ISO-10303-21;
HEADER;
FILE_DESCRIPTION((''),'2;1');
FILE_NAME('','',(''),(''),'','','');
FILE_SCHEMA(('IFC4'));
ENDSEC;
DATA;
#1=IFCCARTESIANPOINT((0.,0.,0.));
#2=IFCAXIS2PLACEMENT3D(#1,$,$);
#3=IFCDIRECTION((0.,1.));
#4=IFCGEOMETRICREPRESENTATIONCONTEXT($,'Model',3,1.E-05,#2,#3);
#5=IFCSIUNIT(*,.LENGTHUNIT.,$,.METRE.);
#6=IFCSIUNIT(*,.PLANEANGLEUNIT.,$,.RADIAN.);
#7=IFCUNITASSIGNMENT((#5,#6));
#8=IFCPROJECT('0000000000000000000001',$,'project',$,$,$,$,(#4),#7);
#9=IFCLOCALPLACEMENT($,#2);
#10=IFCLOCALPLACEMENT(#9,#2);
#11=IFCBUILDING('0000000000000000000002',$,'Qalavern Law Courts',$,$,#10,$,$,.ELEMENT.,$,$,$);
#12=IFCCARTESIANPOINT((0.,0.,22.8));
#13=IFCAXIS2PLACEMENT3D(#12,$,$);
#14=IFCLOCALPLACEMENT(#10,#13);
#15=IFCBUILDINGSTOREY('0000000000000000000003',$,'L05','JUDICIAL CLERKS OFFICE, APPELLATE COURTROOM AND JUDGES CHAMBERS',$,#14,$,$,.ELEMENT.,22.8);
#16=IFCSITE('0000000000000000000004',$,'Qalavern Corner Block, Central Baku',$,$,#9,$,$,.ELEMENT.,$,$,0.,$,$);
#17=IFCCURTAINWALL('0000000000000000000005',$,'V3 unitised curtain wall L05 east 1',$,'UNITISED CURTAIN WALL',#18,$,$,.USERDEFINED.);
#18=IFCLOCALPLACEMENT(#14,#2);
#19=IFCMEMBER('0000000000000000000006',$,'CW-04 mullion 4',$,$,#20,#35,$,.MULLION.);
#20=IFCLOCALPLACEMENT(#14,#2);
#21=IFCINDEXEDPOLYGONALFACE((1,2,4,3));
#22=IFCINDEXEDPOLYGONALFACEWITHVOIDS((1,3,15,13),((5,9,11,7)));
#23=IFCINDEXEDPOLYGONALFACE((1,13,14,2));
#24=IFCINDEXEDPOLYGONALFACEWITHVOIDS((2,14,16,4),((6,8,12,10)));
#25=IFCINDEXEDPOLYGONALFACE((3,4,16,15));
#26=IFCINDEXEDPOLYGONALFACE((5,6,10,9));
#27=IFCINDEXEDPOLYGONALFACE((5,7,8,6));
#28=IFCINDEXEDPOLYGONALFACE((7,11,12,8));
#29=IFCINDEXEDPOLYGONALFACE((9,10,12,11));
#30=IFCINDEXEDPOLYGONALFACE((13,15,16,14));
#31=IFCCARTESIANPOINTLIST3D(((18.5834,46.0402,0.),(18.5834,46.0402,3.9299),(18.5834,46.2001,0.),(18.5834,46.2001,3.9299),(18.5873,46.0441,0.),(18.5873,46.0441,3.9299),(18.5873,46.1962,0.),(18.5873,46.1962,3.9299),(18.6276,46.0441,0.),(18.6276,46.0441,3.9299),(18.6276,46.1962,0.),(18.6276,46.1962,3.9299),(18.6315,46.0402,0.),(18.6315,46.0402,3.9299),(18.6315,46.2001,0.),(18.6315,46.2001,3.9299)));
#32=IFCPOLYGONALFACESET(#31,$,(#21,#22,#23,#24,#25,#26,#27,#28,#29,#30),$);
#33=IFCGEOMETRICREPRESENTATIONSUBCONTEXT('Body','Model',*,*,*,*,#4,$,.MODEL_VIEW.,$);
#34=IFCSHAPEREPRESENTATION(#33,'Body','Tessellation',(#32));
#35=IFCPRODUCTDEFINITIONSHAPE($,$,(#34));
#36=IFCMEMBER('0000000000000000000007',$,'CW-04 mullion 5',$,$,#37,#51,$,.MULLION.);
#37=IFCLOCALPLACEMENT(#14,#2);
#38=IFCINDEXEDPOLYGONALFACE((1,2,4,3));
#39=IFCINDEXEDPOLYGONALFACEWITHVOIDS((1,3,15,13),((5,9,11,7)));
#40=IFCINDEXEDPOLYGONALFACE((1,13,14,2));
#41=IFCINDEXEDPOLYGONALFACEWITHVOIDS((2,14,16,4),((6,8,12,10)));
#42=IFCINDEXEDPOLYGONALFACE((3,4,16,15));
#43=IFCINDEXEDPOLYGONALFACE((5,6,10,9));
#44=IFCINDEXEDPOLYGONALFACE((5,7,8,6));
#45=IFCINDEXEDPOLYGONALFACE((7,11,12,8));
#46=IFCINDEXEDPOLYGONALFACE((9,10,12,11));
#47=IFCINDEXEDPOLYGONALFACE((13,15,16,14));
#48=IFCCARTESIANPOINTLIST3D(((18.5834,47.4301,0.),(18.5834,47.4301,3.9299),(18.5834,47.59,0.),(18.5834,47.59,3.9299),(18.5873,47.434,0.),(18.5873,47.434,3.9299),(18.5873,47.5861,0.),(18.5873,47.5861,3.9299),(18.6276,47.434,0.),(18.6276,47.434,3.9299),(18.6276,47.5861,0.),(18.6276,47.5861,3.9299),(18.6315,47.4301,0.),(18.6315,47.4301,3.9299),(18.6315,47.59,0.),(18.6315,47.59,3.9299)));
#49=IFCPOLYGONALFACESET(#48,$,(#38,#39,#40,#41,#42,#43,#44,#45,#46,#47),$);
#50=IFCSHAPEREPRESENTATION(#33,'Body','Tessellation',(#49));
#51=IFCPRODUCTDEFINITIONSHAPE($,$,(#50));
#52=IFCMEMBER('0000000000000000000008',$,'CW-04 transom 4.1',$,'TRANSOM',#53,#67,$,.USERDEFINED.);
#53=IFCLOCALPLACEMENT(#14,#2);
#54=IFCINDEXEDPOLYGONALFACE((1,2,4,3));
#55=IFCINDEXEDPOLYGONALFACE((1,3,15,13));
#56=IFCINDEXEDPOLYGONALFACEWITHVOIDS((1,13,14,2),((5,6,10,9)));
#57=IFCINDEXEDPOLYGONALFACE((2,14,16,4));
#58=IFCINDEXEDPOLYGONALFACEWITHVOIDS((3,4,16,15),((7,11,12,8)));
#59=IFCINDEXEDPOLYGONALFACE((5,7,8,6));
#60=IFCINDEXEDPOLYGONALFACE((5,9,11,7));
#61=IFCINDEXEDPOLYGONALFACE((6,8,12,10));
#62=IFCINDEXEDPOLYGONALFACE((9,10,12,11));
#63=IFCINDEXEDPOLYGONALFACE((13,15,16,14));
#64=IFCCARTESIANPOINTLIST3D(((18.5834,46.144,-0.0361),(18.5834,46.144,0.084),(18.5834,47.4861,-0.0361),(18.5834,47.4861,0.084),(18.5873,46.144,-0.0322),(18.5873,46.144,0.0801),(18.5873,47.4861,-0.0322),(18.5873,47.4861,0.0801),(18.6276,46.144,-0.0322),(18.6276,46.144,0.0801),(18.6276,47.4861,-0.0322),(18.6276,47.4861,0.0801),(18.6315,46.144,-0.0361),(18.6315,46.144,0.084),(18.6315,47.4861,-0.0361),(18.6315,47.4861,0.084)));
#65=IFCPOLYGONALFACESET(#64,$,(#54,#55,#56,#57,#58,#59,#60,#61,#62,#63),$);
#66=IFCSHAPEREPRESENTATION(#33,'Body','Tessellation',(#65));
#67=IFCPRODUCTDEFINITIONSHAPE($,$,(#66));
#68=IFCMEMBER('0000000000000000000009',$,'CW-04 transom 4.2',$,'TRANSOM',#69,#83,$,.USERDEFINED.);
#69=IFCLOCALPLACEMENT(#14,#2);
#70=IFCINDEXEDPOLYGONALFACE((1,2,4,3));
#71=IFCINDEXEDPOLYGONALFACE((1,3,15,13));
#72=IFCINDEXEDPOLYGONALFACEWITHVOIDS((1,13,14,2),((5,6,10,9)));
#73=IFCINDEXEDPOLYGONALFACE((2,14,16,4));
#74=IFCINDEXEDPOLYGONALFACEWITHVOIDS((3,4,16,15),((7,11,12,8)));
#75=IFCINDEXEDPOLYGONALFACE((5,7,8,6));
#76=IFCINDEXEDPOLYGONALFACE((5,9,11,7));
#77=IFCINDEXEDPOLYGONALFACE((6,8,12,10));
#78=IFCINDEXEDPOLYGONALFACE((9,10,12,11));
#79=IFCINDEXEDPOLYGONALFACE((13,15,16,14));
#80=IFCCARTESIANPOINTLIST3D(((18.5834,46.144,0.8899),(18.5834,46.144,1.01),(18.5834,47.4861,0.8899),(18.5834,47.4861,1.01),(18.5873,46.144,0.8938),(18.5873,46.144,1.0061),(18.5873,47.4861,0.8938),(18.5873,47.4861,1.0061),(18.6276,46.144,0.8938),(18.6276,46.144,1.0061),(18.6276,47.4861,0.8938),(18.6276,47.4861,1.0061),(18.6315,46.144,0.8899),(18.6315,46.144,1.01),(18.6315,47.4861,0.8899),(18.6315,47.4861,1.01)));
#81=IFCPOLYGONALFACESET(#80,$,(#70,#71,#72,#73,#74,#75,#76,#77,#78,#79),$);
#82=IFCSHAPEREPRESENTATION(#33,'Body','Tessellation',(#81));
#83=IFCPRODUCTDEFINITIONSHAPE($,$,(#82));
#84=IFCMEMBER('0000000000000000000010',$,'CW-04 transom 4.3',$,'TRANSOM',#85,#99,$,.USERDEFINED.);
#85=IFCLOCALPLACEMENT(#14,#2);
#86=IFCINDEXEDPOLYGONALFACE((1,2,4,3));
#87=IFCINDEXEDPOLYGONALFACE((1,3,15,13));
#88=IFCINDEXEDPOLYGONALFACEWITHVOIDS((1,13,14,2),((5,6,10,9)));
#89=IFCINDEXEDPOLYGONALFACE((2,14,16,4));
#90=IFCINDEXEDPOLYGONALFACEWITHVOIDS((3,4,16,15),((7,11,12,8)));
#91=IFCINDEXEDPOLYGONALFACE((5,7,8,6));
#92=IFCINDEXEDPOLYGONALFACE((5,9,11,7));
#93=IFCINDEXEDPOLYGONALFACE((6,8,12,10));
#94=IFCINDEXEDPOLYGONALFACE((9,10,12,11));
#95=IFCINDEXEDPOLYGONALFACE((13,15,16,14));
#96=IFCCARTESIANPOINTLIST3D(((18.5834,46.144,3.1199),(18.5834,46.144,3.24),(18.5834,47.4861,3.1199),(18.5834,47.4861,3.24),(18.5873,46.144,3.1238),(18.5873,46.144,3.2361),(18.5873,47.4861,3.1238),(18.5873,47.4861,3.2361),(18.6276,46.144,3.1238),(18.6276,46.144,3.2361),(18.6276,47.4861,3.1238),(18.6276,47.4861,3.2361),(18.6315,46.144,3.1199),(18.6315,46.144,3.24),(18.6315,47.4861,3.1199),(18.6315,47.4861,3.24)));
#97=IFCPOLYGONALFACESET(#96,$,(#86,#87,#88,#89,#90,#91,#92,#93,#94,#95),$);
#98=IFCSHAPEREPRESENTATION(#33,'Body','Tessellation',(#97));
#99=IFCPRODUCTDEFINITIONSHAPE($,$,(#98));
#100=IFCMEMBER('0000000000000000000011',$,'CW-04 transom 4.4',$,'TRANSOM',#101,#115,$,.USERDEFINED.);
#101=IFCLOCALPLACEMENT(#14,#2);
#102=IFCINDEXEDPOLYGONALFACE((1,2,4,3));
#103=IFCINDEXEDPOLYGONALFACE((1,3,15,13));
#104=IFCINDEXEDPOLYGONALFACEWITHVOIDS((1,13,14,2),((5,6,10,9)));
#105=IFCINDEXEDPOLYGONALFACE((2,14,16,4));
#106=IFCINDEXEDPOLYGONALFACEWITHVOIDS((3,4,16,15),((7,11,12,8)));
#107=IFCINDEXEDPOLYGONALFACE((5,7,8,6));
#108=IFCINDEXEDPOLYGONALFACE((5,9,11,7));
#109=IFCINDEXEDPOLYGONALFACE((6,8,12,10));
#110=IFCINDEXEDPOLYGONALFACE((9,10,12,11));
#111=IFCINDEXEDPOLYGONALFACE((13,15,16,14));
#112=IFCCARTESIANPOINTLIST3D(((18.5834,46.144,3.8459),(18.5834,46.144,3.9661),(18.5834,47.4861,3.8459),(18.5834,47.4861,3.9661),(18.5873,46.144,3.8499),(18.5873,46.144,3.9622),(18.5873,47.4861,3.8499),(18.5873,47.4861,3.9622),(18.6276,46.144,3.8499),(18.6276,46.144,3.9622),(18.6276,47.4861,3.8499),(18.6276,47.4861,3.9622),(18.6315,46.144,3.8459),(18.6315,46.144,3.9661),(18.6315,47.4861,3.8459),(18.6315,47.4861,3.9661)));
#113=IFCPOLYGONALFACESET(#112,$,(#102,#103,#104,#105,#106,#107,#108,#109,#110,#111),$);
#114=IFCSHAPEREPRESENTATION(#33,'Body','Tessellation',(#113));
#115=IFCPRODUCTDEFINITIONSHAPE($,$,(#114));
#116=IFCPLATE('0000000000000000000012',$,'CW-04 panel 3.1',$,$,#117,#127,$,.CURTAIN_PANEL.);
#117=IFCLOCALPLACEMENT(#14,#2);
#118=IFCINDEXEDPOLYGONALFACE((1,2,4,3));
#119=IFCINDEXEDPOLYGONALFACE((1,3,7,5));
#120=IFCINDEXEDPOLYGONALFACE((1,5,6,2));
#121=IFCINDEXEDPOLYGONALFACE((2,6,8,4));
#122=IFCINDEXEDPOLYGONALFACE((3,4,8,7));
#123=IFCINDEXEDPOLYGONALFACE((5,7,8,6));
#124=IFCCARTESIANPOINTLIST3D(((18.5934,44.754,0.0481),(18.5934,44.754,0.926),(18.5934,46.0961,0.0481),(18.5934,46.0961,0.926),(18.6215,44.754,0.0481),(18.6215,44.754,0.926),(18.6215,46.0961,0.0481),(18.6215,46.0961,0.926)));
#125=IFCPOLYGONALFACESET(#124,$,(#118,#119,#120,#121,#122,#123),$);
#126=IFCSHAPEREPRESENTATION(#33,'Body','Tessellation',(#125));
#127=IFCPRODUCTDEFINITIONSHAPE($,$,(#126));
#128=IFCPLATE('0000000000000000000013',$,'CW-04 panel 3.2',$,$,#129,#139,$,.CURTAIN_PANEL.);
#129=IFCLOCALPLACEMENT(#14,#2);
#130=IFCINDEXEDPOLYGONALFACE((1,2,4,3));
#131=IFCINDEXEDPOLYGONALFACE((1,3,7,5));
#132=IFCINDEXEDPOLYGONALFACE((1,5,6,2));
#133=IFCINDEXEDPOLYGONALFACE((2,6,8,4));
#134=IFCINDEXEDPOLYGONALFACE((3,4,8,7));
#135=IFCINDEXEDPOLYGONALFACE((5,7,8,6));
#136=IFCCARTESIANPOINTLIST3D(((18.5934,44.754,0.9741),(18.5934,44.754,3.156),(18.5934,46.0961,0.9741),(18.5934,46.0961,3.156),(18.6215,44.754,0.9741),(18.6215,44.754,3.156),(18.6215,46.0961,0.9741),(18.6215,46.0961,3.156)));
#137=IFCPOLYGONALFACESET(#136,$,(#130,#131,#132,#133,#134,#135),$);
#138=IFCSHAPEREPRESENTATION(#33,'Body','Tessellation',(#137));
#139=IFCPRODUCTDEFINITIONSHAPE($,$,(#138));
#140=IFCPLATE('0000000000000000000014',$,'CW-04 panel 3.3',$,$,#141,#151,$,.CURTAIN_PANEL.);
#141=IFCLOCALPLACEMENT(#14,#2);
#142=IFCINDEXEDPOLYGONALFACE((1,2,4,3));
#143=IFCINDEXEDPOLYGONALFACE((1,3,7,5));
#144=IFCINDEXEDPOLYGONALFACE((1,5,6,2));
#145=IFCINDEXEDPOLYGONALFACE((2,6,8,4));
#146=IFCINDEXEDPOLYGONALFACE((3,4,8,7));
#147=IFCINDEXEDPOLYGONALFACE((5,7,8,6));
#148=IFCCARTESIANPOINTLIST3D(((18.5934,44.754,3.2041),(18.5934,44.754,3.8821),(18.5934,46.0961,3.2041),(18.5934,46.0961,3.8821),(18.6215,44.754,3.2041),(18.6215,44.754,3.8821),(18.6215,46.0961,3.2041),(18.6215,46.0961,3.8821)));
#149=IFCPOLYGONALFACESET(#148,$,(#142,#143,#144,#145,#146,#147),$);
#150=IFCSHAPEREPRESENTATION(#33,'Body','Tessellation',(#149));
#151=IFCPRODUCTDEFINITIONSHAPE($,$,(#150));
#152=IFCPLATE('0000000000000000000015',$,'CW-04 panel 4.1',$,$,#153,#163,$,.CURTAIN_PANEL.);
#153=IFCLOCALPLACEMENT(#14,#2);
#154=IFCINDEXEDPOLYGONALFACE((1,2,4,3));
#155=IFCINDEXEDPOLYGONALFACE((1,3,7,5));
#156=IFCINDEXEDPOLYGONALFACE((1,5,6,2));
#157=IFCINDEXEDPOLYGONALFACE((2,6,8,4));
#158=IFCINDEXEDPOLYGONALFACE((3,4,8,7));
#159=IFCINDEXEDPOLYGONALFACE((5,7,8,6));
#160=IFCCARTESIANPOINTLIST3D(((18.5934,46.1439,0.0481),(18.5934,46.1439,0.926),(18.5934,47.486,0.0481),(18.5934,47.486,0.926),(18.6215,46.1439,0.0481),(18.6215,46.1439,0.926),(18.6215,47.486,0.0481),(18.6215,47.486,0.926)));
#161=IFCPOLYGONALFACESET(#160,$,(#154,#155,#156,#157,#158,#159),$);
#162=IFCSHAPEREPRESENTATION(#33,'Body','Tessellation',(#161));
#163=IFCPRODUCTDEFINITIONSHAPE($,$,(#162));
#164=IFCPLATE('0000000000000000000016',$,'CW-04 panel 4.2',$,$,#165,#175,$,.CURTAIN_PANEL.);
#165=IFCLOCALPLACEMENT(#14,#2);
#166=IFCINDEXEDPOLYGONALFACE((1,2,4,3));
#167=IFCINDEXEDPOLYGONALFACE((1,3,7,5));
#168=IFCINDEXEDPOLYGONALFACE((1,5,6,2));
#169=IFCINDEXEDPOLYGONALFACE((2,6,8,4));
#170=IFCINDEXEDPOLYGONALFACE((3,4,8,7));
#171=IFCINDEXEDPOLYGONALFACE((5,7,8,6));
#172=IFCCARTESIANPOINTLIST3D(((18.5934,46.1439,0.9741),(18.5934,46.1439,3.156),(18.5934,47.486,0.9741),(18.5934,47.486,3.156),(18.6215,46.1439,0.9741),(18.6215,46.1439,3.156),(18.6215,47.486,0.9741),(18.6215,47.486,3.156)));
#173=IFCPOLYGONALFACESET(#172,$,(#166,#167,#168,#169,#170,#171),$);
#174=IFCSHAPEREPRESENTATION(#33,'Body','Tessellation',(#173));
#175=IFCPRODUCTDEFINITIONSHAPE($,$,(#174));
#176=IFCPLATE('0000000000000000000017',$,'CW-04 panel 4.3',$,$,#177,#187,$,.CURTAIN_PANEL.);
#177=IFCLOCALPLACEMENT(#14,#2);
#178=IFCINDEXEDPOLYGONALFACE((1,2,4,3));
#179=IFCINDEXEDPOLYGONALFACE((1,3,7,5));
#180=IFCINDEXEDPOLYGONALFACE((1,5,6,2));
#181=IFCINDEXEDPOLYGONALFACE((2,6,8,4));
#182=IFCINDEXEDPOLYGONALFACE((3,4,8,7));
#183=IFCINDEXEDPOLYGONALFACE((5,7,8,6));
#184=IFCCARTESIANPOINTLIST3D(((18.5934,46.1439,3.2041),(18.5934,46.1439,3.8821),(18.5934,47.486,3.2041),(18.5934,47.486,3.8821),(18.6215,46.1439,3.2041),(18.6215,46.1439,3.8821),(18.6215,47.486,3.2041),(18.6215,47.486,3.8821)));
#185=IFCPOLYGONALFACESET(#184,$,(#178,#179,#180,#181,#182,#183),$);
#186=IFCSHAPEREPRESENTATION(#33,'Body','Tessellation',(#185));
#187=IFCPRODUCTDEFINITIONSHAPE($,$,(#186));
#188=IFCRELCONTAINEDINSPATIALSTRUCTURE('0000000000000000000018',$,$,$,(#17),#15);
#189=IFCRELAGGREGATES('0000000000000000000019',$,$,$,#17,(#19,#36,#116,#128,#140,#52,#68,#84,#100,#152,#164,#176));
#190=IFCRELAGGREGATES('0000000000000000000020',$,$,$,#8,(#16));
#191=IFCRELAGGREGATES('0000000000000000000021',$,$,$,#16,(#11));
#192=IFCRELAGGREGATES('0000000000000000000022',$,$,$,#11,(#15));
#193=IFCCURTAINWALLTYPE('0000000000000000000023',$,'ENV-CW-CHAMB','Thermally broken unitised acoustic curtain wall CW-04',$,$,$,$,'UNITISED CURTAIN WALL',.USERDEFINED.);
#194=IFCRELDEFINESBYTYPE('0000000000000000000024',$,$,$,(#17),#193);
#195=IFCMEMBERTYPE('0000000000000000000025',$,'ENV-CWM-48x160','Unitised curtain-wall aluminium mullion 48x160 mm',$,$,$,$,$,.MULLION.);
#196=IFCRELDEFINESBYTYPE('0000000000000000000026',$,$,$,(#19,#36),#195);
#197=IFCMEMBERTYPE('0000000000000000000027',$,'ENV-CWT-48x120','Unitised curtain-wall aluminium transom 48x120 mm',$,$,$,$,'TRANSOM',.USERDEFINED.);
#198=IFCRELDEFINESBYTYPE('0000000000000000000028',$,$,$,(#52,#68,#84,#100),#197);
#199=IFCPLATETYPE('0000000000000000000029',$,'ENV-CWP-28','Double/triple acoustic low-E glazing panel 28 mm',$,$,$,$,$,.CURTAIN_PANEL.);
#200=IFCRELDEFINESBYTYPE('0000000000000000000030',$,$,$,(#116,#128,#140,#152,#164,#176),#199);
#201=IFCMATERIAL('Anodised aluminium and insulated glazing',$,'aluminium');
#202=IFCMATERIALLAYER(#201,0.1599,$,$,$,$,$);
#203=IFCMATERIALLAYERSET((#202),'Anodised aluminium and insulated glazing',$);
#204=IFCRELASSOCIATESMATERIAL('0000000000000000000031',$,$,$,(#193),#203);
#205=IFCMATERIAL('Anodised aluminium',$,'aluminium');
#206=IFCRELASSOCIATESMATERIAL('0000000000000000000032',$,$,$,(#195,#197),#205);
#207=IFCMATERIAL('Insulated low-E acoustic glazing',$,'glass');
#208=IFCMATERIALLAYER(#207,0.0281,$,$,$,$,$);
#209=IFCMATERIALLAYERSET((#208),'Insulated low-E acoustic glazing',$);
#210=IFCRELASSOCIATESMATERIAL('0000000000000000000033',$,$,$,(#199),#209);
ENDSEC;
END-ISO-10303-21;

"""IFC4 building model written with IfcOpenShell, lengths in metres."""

from ifc_helpers import new_model, si_unit, direction, frame, origin, origin_2d, place, context, subcontext, project, spatial, rectangle, hollow_rectangle, extrude, material, layer, layer_set, material_profile, profile_set, type_object, element, aggregate, save


model = new_model("IFC4")

# Units and contexts
model_context = context("Model", 3, precision=1e-05, world=origin(), true_north=direction((0.0, 1.0)))
body_context = subcontext(model_context, "Body", "Model", "MODEL_VIEW")
ifc_project = project(units=[si_unit("LENGTHUNIT", "METRE"), si_unit("PLANEANGLEUNIT", "RADIAN")], contexts=[model_context])

# Site, building, storey
site_placement = place(None, origin())
site = spatial("IfcSite", under=ifc_project, at=site_placement, Name="Qalavern Corner Block, Central Baku", CompositionType="ELEMENT", RefElevation=0.0)
building_placement = place(site_placement, origin())
building = spatial("IfcBuilding", under=site, at=building_placement, Name="Qalavern Law Courts", CompositionType="ELEMENT")
storey_placement = place(building_placement, frame((0.0, 0.0, 22.8)))
storey = spatial("IfcBuildingStorey", under=building, at=storey_placement, Name="L05", Description="JUDICIAL CLERKS OFFICE, APPELLATE COURTROOM AND JUDGES CHAMBERS", CompositionType="ELEMENT", Elevation=22.8)

# Curtain wall, members, plates
ifc_material_1 = material(Name="Anodised aluminium and insulated glazing", Category="aluminium")
ifc_layer_1 = layer(ifc_material_1, 0.1599)
ifc_layer_set_1 = layer_set([ifc_layer_1], Name="Anodised aluminium and insulated glazing")
curtain_wall_type = type_object("IfcCurtainWallType", Name="ENV-CW-CHAMB", Description="Thermally broken unitised acoustic curtain wall CW-04", ElementType="UNITISED CURTAIN WALL", PredefinedType="USERDEFINED", material=ifc_layer_set_1)
curtain_wall_placement = place(storey_placement, origin())
curtain_wall = element("IfcCurtainWall", 1, at=curtain_wall_placement, inside=storey, type_object=curtain_wall_type, Name="V3 unitised curtain wall L05 east 1", ObjectType="UNITISED CURTAIN WALL", PredefinedType="USERDEFINED")
ifc_material_2 = material(Name="Anodised aluminium", Category="aluminium")
ifc_material_profile_1 = material_profile(ifc_material_2, hollow_rectangle(XDim=0.0481, YDim=0.1599, WallThickness=0.0039, at=origin_2d()), Name="ALU MULLION 48x160")
ifc_profile_set_1 = profile_set([ifc_material_profile_1], Name="Anodised aluminium")
member_type_1 = type_object("IfcMemberType", Name="ENV-CWM-48x160", Description="Unitised curtain-wall aluminium mullion 48x160 mm", PredefinedType="MULLION", material=ifc_profile_set_1)
member_1_placement = place(storey_placement, frame((18.6074, 46.1201, 0.0), z_axis=(0.0, 0.0, 1.0), x_axis=(-1.0, 0.0, 0.0)))
member_1 = element("IfcMember", 2, at=member_1_placement, type_object=member_type_1, Name="CW-04 mullion 4", PredefinedType="MULLION", context=body_context, shape_type="SweptSolid", body=[
    extrude(hollow_rectangle(XDim=0.0481, YDim=0.1599, WallThickness=0.0039, at=origin_2d()), origin(), (0.0, 0.0, 1.0), 3.9299),
])
member_2_placement = place(storey_placement, frame((18.6074, 47.51, 0.0), z_axis=(0.0, 0.0, 1.0), x_axis=(-1.0, 0.0, 0.0)))
member_2 = element("IfcMember", 3, at=member_2_placement, type_object=member_type_1, Name="CW-04 mullion 5", PredefinedType="MULLION", context=body_context, shape_type="SweptSolid", body=[
    extrude(hollow_rectangle(XDim=0.0481, YDim=0.1599, WallThickness=0.0039, at=origin_2d()), origin(), (0.0, 0.0, 1.0), 3.9299),
])
ifc_material_profile_2 = material_profile(ifc_material_2, hollow_rectangle(XDim=0.0481, YDim=0.1201, WallThickness=0.0039, at=origin_2d()), Name="ALU TRANSOM 48x120")
ifc_profile_set_2 = profile_set([ifc_material_profile_2], Name="Anodised aluminium")
member_type_2 = type_object("IfcMemberType", Name="ENV-CWT-48x120", Description="Unitised curtain-wall aluminium transom 48x120 mm", ElementType="TRANSOM", PredefinedType="USERDEFINED", material=ifc_profile_set_2)
member_3_placement = place(storey_placement, frame((18.6074, 46.144, 0.0239), z_axis=(0.0, 1.0, 0.0), x_axis=(-1.0, 0.0, 0.0)))
member_3 = element("IfcMember", 4, at=member_3_placement, type_object=member_type_2, Name="CW-04 transom 4.1", ObjectType="TRANSOM", PredefinedType="USERDEFINED", context=body_context, shape_type="SweptSolid", body=[
    extrude(hollow_rectangle(XDim=0.0481, YDim=0.1201, WallThickness=0.0039, at=origin_2d()), origin(), (0.0, 0.0, 1.0), 1.342),
])
member_4_placement = place(storey_placement, frame((18.6074, 46.144, 0.95), z_axis=(0.0, 1.0, 0.0), x_axis=(-1.0, 0.0, 0.0)))
member_4 = element("IfcMember", 5, at=member_4_placement, type_object=member_type_2, Name="CW-04 transom 4.2", ObjectType="TRANSOM", PredefinedType="USERDEFINED", context=body_context, shape_type="SweptSolid", body=[
    extrude(hollow_rectangle(XDim=0.0481, YDim=0.1201, WallThickness=0.0039, at=origin_2d()), origin(), (0.0, 0.0, 1.0), 1.342),
])
member_5_placement = place(storey_placement, frame((18.6074, 46.144, 3.1799), z_axis=(0.0, 1.0, 0.0), x_axis=(-1.0, 0.0, 0.0)))
member_5 = element("IfcMember", 6, at=member_5_placement, type_object=member_type_2, Name="CW-04 transom 4.3", ObjectType="TRANSOM", PredefinedType="USERDEFINED", context=body_context, shape_type="SweptSolid", body=[
    extrude(hollow_rectangle(XDim=0.0481, YDim=0.1201, WallThickness=0.0039, at=origin_2d()), origin(), (0.0, 0.0, 1.0), 1.342),
])
member_6_placement = place(storey_placement, frame((18.6074, 46.144, 3.906), z_axis=(0.0, 1.0, 0.0), x_axis=(-1.0, 0.0, 0.0)))
member_6 = element("IfcMember", 7, at=member_6_placement, type_object=member_type_2, Name="CW-04 transom 4.4", ObjectType="TRANSOM", PredefinedType="USERDEFINED", context=body_context, shape_type="SweptSolid", body=[
    extrude(hollow_rectangle(XDim=0.0481, YDim=0.1201, WallThickness=0.0039, at=origin_2d()), origin(), (0.0, 0.0, 1.0), 1.342),
])
ifc_material_3 = material(Name="Insulated low-E acoustic glazing", Category="glass")
ifc_layer_2 = layer(ifc_material_3, 0.0281)
ifc_layer_set_2 = layer_set([ifc_layer_2], Name="Insulated low-E acoustic glazing")
plate_type = type_object("IfcPlateType", Name="ENV-CWP-28", Description="Double/triple acoustic low-E glazing panel 28 mm", PredefinedType="CURTAIN_PANEL", material=ifc_layer_set_2)
plate_1_placement = place(storey_placement, frame((18.6074, 45.425, 0.0481), z_axis=(0.0, 0.0, 1.0), x_axis=(0.0, 1.0, 0.0)))
plate_1 = element("IfcPlate", 8, at=plate_1_placement, type_object=plate_type, Name="CW-04 panel 3.1", PredefinedType="CURTAIN_PANEL", context=body_context, shape_type="SweptSolid", body=[
    extrude(rectangle(XDim=1.342, YDim=0.0281, at=origin_2d()), origin(), (0.0, 0.0, 1.0), 0.8779),
])
plate_2_placement = place(storey_placement, frame((18.6074, 45.425, 0.9741), z_axis=(0.0, 0.0, 1.0), x_axis=(0.0, 1.0, 0.0)))
plate_2 = element("IfcPlate", 9, at=plate_2_placement, type_object=plate_type, Name="CW-04 panel 3.2", PredefinedType="CURTAIN_PANEL", context=body_context, shape_type="SweptSolid", body=[
    extrude(rectangle(XDim=1.342, YDim=0.0281, at=origin_2d()), origin(), (0.0, 0.0, 1.0), 2.1819),
])
plate_3_placement = place(storey_placement, frame((18.6074, 45.425, 3.2041), z_axis=(0.0, 0.0, 1.0), x_axis=(0.0, 1.0, 0.0)))
plate_3 = element("IfcPlate", 10, at=plate_3_placement, type_object=plate_type, Name="CW-04 panel 3.3", PredefinedType="CURTAIN_PANEL", context=body_context, shape_type="SweptSolid", body=[
    extrude(rectangle(XDim=1.342, YDim=0.0281, at=origin_2d()), origin(), (0.0, 0.0, 1.0), 0.678),
])
plate_4_placement = place(storey_placement, frame((18.6074, 46.8149, 0.0481), z_axis=(0.0, 0.0, 1.0), x_axis=(0.0, 1.0, 0.0)))
plate_4 = element("IfcPlate", 11, at=plate_4_placement, type_object=plate_type, Name="CW-04 panel 4.1", PredefinedType="CURTAIN_PANEL", context=body_context, shape_type="SweptSolid", body=[
    extrude(rectangle(XDim=1.342, YDim=0.0281, at=origin_2d()), origin(), (0.0, 0.0, 1.0), 0.8779),
])
plate_5_placement = place(storey_placement, frame((18.6074, 46.8149, 0.9741), z_axis=(0.0, 0.0, 1.0), x_axis=(0.0, 1.0, 0.0)))
plate_5 = element("IfcPlate", 12, at=plate_5_placement, type_object=plate_type, Name="CW-04 panel 4.2", PredefinedType="CURTAIN_PANEL", context=body_context, shape_type="SweptSolid", body=[
    extrude(rectangle(XDim=1.342, YDim=0.0281, at=origin_2d()), origin(), (0.0, 0.0, 1.0), 2.1819),
])
plate_6_placement = place(storey_placement, frame((18.6074, 46.8149, 3.2041), z_axis=(0.0, 0.0, 1.0), x_axis=(0.0, 1.0, 0.0)))
plate_6 = element("IfcPlate", 13, at=plate_6_placement, type_object=plate_type, Name="CW-04 panel 4.3", PredefinedType="CURTAIN_PANEL", context=body_context, shape_type="SweptSolid", body=[
    extrude(rectangle(XDim=1.342, YDim=0.0281, at=origin_2d()), origin(), (0.0, 0.0, 1.0), 0.678),
])
aggregate(curtain_wall, [member_1, member_2, plate_1, plate_2, plate_3, member_3, member_4, member_5, member_6, plate_4, plate_5, plate_6])

save(model, "model.ifc")
